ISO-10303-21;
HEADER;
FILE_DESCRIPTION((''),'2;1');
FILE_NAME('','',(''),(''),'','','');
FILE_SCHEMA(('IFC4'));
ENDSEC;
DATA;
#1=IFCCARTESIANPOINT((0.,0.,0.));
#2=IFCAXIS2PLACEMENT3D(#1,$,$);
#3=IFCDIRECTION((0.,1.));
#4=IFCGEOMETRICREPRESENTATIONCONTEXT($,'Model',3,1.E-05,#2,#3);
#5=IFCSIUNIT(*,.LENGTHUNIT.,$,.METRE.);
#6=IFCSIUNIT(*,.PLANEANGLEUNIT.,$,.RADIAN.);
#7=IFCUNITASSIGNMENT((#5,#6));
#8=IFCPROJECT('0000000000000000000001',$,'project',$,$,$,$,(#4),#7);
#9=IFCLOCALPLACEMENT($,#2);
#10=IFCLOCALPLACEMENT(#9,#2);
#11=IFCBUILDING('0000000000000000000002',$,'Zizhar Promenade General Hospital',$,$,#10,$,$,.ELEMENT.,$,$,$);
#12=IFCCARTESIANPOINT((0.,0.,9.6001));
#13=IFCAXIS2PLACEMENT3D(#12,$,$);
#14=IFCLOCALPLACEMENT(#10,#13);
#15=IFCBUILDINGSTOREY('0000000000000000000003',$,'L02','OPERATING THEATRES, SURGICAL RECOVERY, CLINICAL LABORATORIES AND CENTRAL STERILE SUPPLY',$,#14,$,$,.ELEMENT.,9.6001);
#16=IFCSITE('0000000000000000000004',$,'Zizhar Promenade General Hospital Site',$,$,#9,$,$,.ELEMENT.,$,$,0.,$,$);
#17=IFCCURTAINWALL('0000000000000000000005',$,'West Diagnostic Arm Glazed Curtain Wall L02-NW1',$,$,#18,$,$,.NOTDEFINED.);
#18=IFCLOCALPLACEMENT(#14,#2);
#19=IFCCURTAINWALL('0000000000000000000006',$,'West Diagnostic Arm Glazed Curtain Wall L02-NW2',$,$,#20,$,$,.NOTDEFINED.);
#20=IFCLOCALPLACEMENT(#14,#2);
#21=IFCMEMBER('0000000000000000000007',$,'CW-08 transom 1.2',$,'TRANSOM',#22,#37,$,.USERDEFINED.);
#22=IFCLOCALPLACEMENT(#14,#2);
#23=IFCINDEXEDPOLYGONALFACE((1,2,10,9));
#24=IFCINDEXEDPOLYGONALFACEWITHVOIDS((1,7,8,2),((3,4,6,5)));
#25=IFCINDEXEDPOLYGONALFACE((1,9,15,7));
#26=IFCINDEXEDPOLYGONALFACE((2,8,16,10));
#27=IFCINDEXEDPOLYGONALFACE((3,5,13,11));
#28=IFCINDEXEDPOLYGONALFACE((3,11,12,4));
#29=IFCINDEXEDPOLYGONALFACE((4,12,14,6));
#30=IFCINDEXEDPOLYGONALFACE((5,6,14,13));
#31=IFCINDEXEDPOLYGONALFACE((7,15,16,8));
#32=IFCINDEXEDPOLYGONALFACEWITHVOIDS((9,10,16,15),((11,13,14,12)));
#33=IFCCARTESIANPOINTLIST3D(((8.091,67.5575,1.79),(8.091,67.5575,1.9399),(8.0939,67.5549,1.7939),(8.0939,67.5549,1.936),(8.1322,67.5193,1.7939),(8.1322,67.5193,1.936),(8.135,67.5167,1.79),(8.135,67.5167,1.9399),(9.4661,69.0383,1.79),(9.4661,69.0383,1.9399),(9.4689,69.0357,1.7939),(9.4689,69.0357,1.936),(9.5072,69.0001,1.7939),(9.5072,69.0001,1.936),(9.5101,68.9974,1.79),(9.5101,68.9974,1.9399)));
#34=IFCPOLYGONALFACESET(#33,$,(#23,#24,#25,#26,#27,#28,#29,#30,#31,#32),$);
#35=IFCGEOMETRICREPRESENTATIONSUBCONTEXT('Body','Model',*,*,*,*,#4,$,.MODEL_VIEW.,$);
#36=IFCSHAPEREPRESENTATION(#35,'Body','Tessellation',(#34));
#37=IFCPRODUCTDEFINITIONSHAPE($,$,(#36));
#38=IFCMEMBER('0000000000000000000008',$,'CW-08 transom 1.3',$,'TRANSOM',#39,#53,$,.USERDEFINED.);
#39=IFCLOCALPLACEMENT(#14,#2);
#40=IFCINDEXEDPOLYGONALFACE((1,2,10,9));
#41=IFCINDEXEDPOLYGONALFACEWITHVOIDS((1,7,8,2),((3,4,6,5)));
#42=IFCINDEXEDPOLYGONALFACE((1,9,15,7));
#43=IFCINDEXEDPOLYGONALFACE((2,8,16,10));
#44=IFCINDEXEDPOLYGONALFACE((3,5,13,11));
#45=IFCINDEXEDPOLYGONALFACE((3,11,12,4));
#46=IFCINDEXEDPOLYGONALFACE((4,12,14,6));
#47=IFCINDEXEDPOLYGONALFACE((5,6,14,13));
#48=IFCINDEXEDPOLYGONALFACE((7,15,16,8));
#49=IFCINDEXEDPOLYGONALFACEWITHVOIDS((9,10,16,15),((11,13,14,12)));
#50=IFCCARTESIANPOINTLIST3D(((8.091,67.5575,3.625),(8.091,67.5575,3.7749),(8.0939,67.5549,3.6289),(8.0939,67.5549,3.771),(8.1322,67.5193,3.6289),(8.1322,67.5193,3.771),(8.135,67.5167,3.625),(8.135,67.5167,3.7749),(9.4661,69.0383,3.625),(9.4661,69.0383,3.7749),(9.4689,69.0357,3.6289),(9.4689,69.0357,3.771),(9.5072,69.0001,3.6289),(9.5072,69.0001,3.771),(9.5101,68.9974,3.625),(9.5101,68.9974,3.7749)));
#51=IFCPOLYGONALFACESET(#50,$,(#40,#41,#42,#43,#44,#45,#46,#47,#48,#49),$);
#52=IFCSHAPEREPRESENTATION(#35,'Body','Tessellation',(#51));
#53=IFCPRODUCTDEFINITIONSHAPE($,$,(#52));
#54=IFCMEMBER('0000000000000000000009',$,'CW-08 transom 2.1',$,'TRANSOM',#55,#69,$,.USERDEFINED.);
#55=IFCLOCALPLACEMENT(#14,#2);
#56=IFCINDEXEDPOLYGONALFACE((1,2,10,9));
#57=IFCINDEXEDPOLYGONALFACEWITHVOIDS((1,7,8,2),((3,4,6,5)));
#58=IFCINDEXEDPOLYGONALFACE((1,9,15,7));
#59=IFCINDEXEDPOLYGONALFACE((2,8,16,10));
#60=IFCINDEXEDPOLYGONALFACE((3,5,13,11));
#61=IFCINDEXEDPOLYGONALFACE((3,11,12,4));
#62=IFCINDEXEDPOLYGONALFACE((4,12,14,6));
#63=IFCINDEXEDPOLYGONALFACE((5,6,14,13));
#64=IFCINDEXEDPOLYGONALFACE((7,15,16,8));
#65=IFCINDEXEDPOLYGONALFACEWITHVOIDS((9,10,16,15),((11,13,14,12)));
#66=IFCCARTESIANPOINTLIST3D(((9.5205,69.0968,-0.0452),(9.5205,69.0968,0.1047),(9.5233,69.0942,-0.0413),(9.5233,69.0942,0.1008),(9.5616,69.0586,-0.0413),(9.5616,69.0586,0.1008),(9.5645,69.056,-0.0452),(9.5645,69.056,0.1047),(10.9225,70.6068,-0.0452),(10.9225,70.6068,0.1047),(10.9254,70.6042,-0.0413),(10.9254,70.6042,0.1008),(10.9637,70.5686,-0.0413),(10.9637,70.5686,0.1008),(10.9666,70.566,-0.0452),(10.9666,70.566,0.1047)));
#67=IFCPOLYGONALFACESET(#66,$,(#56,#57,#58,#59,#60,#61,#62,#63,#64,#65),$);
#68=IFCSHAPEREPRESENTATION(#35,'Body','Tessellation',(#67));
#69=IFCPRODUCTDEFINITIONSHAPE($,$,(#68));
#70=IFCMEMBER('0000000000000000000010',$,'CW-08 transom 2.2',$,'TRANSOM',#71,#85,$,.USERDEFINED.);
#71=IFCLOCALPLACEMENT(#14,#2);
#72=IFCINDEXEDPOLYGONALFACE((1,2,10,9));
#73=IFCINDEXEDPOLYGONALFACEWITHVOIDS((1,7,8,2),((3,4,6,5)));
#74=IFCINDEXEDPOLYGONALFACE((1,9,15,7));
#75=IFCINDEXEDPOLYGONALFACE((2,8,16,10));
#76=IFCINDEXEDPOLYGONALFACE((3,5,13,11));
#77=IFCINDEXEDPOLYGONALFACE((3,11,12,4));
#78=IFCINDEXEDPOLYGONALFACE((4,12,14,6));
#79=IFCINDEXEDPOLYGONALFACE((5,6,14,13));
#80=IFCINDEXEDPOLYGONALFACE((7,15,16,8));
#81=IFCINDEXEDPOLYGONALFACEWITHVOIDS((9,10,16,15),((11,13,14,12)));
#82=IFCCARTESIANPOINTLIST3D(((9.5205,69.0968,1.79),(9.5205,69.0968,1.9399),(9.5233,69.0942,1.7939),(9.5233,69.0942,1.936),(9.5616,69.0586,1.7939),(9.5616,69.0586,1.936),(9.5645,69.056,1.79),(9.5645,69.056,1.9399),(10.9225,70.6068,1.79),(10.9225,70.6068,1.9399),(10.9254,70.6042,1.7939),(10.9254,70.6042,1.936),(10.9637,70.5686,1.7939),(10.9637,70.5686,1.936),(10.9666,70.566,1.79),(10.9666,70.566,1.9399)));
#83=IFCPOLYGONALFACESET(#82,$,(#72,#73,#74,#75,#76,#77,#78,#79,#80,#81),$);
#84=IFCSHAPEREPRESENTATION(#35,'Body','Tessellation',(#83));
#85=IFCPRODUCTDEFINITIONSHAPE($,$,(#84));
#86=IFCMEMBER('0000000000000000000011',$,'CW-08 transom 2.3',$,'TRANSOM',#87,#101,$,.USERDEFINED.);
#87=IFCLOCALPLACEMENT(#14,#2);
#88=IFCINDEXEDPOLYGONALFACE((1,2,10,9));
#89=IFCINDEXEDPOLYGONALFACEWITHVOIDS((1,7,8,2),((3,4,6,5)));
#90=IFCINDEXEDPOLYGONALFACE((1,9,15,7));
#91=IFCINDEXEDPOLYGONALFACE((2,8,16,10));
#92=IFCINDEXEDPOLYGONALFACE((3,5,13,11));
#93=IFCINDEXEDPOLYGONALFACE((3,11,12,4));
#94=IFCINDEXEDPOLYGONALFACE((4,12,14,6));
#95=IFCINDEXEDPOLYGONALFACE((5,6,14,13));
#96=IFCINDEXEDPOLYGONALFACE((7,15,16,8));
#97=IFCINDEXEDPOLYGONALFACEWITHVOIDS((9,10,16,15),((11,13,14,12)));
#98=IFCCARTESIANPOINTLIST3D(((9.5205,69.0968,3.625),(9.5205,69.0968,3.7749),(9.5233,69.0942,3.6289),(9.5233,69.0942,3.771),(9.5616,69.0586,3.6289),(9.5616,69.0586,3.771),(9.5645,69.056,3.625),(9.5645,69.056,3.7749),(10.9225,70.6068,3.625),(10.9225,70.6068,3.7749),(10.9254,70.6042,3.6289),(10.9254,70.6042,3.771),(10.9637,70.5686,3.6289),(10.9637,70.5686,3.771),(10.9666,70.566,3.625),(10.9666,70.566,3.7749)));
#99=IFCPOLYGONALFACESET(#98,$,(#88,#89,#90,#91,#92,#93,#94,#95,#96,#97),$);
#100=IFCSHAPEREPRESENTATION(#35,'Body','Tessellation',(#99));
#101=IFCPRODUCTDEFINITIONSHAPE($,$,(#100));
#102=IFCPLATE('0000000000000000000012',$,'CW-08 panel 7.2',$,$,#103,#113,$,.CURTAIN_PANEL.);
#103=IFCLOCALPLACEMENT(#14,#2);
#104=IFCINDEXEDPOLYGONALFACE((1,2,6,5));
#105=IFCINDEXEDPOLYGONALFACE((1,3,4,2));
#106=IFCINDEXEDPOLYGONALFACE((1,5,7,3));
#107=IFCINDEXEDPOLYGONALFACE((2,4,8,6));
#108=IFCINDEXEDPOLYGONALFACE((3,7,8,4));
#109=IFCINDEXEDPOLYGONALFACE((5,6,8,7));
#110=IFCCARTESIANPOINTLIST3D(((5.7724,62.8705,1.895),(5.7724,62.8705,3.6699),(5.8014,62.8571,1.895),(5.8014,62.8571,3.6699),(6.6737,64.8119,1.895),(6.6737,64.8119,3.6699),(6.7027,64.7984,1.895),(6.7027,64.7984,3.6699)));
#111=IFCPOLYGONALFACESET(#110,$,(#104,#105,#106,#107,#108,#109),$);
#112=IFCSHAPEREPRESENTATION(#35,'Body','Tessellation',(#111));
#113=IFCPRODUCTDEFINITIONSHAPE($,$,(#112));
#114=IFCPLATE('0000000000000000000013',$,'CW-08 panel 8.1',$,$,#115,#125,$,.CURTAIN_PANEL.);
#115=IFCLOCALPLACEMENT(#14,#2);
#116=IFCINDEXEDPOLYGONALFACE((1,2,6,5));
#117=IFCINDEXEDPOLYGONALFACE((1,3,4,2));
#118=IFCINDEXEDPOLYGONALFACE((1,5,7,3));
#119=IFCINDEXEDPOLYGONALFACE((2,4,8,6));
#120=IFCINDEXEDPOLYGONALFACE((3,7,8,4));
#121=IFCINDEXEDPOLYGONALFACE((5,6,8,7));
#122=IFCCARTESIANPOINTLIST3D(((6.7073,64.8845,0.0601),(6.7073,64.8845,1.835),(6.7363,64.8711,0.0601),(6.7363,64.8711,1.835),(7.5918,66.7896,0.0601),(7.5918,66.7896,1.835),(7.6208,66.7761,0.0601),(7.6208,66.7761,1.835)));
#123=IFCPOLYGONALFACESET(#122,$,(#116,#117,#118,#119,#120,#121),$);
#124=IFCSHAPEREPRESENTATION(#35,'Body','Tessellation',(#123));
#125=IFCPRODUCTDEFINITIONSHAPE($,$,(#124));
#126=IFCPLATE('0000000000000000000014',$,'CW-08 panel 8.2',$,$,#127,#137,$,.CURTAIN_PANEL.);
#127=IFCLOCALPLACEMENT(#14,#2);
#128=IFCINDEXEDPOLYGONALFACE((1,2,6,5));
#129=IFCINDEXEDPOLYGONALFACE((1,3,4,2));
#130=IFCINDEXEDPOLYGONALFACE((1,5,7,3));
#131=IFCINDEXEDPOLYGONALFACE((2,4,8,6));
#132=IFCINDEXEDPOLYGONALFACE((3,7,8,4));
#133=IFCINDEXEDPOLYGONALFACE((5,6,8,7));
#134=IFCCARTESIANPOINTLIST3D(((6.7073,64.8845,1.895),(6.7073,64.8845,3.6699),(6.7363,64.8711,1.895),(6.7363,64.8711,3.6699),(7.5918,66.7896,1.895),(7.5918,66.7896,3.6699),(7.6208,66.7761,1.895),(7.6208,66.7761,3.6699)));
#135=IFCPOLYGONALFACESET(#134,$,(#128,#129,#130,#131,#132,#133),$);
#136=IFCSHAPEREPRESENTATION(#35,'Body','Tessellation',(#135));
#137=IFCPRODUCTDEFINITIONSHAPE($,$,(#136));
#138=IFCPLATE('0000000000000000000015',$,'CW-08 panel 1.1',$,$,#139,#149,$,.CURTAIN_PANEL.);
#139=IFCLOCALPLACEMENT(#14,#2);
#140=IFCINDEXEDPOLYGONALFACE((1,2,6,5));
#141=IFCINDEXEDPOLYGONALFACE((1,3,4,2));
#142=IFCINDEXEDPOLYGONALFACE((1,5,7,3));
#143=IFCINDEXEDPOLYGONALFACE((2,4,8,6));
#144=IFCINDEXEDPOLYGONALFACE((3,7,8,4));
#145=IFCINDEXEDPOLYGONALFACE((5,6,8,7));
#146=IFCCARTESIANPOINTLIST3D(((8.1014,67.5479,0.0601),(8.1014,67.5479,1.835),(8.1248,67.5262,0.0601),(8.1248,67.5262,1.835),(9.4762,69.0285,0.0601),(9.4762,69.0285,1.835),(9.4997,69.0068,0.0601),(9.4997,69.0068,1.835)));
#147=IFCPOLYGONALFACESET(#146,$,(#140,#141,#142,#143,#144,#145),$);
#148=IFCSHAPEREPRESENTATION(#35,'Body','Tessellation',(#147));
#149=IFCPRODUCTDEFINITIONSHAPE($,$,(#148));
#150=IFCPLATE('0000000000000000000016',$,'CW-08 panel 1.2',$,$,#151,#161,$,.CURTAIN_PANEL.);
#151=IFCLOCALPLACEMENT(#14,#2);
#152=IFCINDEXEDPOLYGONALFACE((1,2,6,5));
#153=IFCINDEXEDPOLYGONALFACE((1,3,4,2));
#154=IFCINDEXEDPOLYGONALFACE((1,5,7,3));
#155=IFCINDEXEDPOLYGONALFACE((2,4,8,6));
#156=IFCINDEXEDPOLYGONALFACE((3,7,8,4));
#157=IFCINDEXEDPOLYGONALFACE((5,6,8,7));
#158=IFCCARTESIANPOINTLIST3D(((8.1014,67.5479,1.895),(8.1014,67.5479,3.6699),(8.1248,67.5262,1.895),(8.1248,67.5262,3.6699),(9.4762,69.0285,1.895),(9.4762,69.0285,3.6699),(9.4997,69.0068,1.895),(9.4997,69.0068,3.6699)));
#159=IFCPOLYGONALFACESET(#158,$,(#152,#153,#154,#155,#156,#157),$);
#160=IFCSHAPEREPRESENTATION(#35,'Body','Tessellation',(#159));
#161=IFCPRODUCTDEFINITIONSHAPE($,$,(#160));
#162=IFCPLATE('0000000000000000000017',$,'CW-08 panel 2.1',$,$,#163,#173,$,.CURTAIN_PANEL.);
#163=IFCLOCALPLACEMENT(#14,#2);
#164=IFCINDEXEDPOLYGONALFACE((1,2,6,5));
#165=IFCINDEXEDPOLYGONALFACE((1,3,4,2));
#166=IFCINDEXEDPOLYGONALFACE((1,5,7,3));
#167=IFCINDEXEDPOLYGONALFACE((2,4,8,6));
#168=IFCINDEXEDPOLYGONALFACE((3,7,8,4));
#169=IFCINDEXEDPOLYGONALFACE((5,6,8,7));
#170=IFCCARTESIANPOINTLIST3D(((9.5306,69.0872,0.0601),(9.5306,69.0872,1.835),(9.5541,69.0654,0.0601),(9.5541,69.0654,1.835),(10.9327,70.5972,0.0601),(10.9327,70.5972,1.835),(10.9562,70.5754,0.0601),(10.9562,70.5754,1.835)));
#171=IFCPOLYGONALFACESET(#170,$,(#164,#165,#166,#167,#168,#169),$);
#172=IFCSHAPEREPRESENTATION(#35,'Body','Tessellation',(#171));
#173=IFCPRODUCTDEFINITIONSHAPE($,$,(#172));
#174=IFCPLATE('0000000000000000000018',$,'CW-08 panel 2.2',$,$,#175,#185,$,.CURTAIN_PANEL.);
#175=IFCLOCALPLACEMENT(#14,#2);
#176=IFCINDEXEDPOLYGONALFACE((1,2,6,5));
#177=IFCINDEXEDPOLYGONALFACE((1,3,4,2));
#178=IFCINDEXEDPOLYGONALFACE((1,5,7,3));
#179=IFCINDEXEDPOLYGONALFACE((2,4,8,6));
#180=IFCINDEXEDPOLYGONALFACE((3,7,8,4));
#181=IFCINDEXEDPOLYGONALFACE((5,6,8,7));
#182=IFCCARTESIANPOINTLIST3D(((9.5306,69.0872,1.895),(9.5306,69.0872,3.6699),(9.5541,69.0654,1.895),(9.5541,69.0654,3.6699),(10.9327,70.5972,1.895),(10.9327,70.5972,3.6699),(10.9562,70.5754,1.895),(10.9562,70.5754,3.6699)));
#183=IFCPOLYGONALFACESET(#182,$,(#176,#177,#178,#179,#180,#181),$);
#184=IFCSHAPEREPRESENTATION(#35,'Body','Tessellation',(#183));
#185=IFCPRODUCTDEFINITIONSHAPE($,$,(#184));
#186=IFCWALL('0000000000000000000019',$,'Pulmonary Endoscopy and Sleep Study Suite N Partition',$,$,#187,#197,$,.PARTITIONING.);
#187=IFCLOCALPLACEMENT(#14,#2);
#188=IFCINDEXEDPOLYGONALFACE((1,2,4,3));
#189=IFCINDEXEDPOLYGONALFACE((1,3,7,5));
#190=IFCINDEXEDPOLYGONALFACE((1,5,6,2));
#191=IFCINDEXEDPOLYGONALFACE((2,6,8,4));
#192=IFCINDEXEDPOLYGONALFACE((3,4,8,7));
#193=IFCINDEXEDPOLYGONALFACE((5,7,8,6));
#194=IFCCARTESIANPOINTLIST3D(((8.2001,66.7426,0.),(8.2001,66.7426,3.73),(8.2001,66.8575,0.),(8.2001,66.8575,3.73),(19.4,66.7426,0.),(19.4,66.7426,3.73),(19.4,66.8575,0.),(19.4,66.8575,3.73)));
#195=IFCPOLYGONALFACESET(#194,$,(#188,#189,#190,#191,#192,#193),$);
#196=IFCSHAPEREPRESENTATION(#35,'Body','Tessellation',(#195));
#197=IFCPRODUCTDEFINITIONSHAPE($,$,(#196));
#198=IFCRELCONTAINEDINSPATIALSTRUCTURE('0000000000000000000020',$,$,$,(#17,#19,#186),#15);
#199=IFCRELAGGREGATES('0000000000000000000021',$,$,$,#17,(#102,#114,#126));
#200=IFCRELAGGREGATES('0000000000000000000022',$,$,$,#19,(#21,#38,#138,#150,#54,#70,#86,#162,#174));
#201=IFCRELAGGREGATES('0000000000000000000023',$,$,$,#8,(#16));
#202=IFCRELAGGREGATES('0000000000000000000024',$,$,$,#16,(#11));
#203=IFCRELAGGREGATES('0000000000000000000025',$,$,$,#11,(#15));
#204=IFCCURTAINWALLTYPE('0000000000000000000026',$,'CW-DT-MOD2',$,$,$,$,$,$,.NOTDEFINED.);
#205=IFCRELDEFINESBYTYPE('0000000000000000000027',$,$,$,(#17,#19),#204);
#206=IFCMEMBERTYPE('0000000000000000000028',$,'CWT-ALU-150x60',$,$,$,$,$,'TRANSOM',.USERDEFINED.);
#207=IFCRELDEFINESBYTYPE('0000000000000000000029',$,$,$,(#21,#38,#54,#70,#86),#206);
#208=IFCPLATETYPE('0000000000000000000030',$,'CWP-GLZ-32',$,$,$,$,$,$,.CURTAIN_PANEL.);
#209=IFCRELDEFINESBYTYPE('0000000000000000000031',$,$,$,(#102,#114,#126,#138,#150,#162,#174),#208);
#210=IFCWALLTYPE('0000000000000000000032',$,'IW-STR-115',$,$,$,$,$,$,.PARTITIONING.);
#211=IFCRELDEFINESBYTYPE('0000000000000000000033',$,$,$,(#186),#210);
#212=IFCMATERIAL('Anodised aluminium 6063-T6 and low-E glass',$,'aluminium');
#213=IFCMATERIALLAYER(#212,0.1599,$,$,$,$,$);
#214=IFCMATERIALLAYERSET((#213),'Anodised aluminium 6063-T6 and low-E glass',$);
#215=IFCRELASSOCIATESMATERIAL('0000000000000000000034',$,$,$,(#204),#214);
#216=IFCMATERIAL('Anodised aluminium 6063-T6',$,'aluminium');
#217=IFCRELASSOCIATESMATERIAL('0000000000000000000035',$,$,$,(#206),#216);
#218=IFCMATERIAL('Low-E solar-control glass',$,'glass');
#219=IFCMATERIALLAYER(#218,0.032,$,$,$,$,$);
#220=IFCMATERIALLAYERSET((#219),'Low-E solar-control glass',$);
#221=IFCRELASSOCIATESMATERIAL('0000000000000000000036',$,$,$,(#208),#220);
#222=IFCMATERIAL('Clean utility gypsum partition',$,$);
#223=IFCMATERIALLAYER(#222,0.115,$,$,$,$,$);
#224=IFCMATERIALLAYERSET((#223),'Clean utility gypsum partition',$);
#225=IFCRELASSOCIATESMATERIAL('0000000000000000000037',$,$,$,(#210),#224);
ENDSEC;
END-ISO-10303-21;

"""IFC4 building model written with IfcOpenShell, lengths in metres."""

from ifc_helpers import new_model, si_unit, direction, frame, frame_2d, origin, origin_2d, place, context, subcontext, project, spatial, rectangle, hollow_rectangle, extrude, material, layer, layer_set, material_profile, profile_set, type_object, element, aggregate, save


model = new_model("IFC4")

# Units and contexts
model_context = context("Model", 3, precision=1e-05, world=origin(), true_north=direction((0.0, 1.0)))
body_context = subcontext(model_context, "Body", "Model", "MODEL_VIEW")
ifc_project = project(units=[si_unit("LENGTHUNIT", "METRE"), si_unit("PLANEANGLEUNIT", "RADIAN")], contexts=[model_context])

# Site, building, storey
site_placement = place(None, origin())
site = spatial("IfcSite", under=ifc_project, at=site_placement, Name="Zizhar Promenade General Hospital Site", CompositionType="ELEMENT", RefElevation=0.0)
building_placement = place(site_placement, origin())
building = spatial("IfcBuilding", under=site, at=building_placement, Name="Zizhar Promenade General Hospital", CompositionType="ELEMENT")
storey_placement = place(building_placement, frame((0.0, 0.0, 9.6001)))
storey = spatial("IfcBuildingStorey", under=building, at=storey_placement, Name="L02", Description="OPERATING THEATRES, SURGICAL RECOVERY, CLINICAL LABORATORIES AND CENTRAL STERILE SUPPLY", CompositionType="ELEMENT", Elevation=9.6001)

# Curtain walls
ifc_material_1 = material(Name="Anodised aluminium 6063-T6 and low-E glass", Category="aluminium")
ifc_layer_1 = layer(ifc_material_1, 0.1599)
ifc_layer_set_1 = layer_set([ifc_layer_1], Name="Anodised aluminium 6063-T6 and low-E glass")
curtain_wall_type = type_object("IfcCurtainWallType", Name="CW-DT-MOD2", PredefinedType="NOTDEFINED", material=ifc_layer_set_1)
curtain_wall_1_placement = place(storey_placement, origin())
curtain_wall_1 = element("IfcCurtainWall", 1, at=curtain_wall_1_placement, inside=storey, type_object=curtain_wall_type, Name="West Diagnostic Arm Glazed Curtain Wall L02-NW1", PredefinedType="NOTDEFINED")
curtain_wall_2_placement = place(storey_placement, origin())
curtain_wall_2 = element("IfcCurtainWall", 2, at=curtain_wall_2_placement, inside=storey, type_object=curtain_wall_type, Name="West Diagnostic Arm Glazed Curtain Wall L02-NW2", PredefinedType="NOTDEFINED")

# Members
ifc_material_2 = material(Name="Anodised aluminium 6063-T6", Category="aluminium")
ifc_material_profile_1 = material_profile(ifc_material_2, hollow_rectangle(XDim=0.0601, YDim=0.1499, WallThickness=0.0039, at=origin_2d()))
ifc_profile_set_1 = profile_set([ifc_material_profile_1], Name="Anodised aluminium 6063-T6")
member_type_1 = type_object("IfcMemberType", Name="CWT-ALU-150x60", ElementType="TRANSOM", PredefinedType="USERDEFINED", material=ifc_profile_set_1)
member_1_placement = place(storey_placement, frame((8.113, 67.5371, 1.865), z_axis=(0.680465, 0.732781, 0.0), x_axis=(-0.732781, 0.680465, 0.0)))
member_1 = element("IfcMember", 3, at=member_1_placement, type_object=member_type_1, Name="CW-08 transom 1.2", ObjectType="TRANSOM", PredefinedType="USERDEFINED", context=body_context, shape_type="SweptSolid", body=[
    extrude(hollow_rectangle(XDim=0.0601, YDim=0.1499, WallThickness=0.0039, at=origin_2d()), origin(), (0.0, 0.0, 1.0), 2.0208),
])
member_2_placement = place(storey_placement, frame((8.113, 67.5371, 3.7), z_axis=(0.680465, 0.732781, 0.0), x_axis=(-0.732781, 0.680465, 0.0)))
member_2 = element("IfcMember", 4, at=member_2_placement, type_object=member_type_1, Name="CW-08 transom 1.3", ObjectType="TRANSOM", PredefinedType="USERDEFINED", context=body_context, shape_type="SweptSolid", body=[
    extrude(hollow_rectangle(XDim=0.0601, YDim=0.1499, WallThickness=0.0039, at=origin_2d()), origin(), (0.0, 0.0, 1.0), 2.0208),
])
member_3_placement = place(storey_placement, frame((9.5425, 69.0764, 0.0298), z_axis=(0.680437, 0.732806, 0.0), x_axis=(-0.732806, 0.680437, 0.0)))
member_3 = element("IfcMember", 5, at=member_3_placement, type_object=member_type_1, Name="CW-08 transom 2.1", ObjectType="TRANSOM", PredefinedType="USERDEFINED", context=body_context, shape_type="SweptSolid", body=[
    extrude(hollow_rectangle(XDim=0.0601, YDim=0.1499, WallThickness=0.0039, at=origin_2d()), origin(), (0.0, 0.0, 1.0), 2.0605),
])
member_4_placement = place(storey_placement, frame((9.5425, 69.0764, 1.865), z_axis=(0.680437, 0.732806, 0.0), x_axis=(-0.732806, 0.680437, 0.0)))
member_4 = element("IfcMember", 6, at=member_4_placement, type_object=member_type_1, Name="CW-08 transom 2.2", ObjectType="TRANSOM", PredefinedType="USERDEFINED", context=body_context, shape_type="SweptSolid", body=[
    extrude(hollow_rectangle(XDim=0.0601, YDim=0.1499, WallThickness=0.0039, at=origin_2d()), origin(), (0.0, 0.0, 1.0), 2.0605),
])
member_5_placement = place(storey_placement, frame((9.5425, 69.0764, 3.7), z_axis=(0.680437, 0.732806, 0.0), x_axis=(-0.732806, 0.680437, 0.0)))
member_5 = element("IfcMember", 7, at=member_5_placement, type_object=member_type_1, Name="CW-08 transom 2.3", ObjectType="TRANSOM", PredefinedType="USERDEFINED", context=body_context, shape_type="SweptSolid", body=[
    extrude(hollow_rectangle(XDim=0.0601, YDim=0.1499, WallThickness=0.0039, at=origin_2d()), origin(), (0.0, 0.0, 1.0), 2.0605),
])

# Plates
ifc_material_3 = material(Name="Low-E solar-control glass", Category="glass")
ifc_layer_2 = layer(ifc_material_3, 0.032)
ifc_layer_set_2 = layer_set([ifc_layer_2], Name="Low-E solar-control glass")
plate_type = type_object("IfcPlateType", Name="CWP-GLZ-32", PredefinedType="CURTAIN_PANEL", material=ifc_layer_set_2)
plate_1_placement = place(storey_placement, frame((6.2375, 63.8345, 1.895), z_axis=(0.0, 0.0, 1.0), x_axis=(0.421115, 0.907007, 0.0)))
plate_1 = element("IfcPlate", 8, at=plate_1_placement, type_object=plate_type, Name="CW-08 panel 7.2", PredefinedType="CURTAIN_PANEL", context=body_context, shape_type="SweptSolid", body=[
    extrude(rectangle(XDim=2.1404, YDim=0.032, at=origin_2d()), origin(), (0.0, 0.0, 1.0), 1.7749),
])
plate_2_placement = place(storey_placement, frame((7.1641, 65.8303, 0.0601), z_axis=(0.0, 0.0, 1.0), x_axis=(0.421115, 0.907007, 0.0)))
plate_2 = element("IfcPlate", 9, at=plate_2_placement, type_object=plate_type, Name="CW-08 panel 8.1", PredefinedType="CURTAIN_PANEL", context=body_context, shape_type="SweptSolid", body=[
    extrude(rectangle(XDim=2.1003, YDim=0.032, at=origin_2d()), origin(), (0.0, 0.0, 1.0), 1.7749),
])
plate_3_placement = place(storey_placement, frame((7.1641, 65.8303, 1.895), z_axis=(0.0, 0.0, 1.0), x_axis=(0.421115, 0.907007, 0.0)))
plate_3 = element("IfcPlate", 10, at=plate_3_placement, type_object=plate_type, Name="CW-08 panel 8.2", PredefinedType="CURTAIN_PANEL", context=body_context, shape_type="SweptSolid", body=[
    extrude(rectangle(XDim=2.1003, YDim=0.032, at=origin_2d()), origin(), (0.0, 0.0, 1.0), 1.7749),
])
aggregate(curtain_wall_1, [plate_1, plate_2, plate_3])
plate_4_placement = place(storey_placement, frame((8.8005, 68.2773, 0.0601), z_axis=(0.0, 0.0, 1.0), x_axis=(0.680452, 0.732793, 0.0)))
plate_4 = element("IfcPlate", 11, at=plate_4_placement, type_object=plate_type, Name="CW-08 panel 1.1", PredefinedType="CURTAIN_PANEL", context=body_context, shape_type="SweptSolid", body=[
    extrude(rectangle(XDim=2.0205, YDim=0.032, at=origin_2d()), origin(), (0.0, 0.0, 1.0), 1.7749),
])
plate_5_placement = place(storey_placement, frame((8.8005, 68.2773, 1.895), z_axis=(0.0, 0.0, 1.0), x_axis=(0.680452, 0.732793, 0.0)))
plate_5 = element("IfcPlate", 12, at=plate_5_placement, type_object=plate_type, Name="CW-08 panel 1.2", PredefinedType="CURTAIN_PANEL", context=body_context, shape_type="SweptSolid", body=[
    extrude(rectangle(XDim=2.0205, YDim=0.032, at=origin_2d()), origin(), (0.0, 0.0, 1.0), 1.7749),
])
plate_6_placement = place(storey_placement, frame((10.2434, 69.8313, 0.0601), z_axis=(0.0, 0.0, 1.0), x_axis=(0.680452, 0.732793, 0.0)))
plate_6 = element("IfcPlate", 13, at=plate_6_placement, type_object=plate_type, Name="CW-08 panel 2.1", PredefinedType="CURTAIN_PANEL", context=body_context, shape_type="SweptSolid", body=[
    extrude(rectangle(XDim=2.0605, YDim=0.032, at=origin_2d()), origin(), (0.0, 0.0, 1.0), 1.7749),
])
plate_7_placement = place(storey_placement, frame((10.2434, 69.8313, 1.895), z_axis=(0.0, 0.0, 1.0), x_axis=(0.680452, 0.732793, 0.0)))
plate_7 = element("IfcPlate", 14, at=plate_7_placement, type_object=plate_type, Name="CW-08 panel 2.2", PredefinedType="CURTAIN_PANEL", context=body_context, shape_type="SweptSolid", body=[
    extrude(rectangle(XDim=2.0605, YDim=0.032, at=origin_2d()), origin(), (0.0, 0.0, 1.0), 1.7749),
])
aggregate(curtain_wall_2, [member_1, member_2, plate_4, plate_5, member_3, member_4, member_5, plate_6, plate_7])

# Wall
ifc_material_4 = material(Name="Clean utility gypsum partition")
ifc_layer_3 = layer(ifc_material_4, 0.115)
ifc_layer_set_3 = layer_set([ifc_layer_3], Name="Clean utility gypsum partition")
wall_type = type_object("IfcWallType", Name="IW-STR-115", PredefinedType="PARTITIONING", material=ifc_layer_set_3)
wall_placement = place(storey_placement, frame((8.2, 66.8, 0.0), z_axis=(0.0, 0.0, 1.0), x_axis=(1.0, 0.0, 0.0)))
element("IfcWall", 15, at=wall_placement, inside=storey, type_object=wall_type, Name="Pulmonary Endoscopy and Sleep Study Suite N Partition", PredefinedType="PARTITIONING", context=body_context, shape_type="SweptSolid", body=[
    extrude(rectangle(XDim=11.2, YDim=0.115, at=frame_2d((5.6001, 0.0))), origin(), (0.0, 0.0, 1.0), 3.73),
])

save(model, "model.ifc")
